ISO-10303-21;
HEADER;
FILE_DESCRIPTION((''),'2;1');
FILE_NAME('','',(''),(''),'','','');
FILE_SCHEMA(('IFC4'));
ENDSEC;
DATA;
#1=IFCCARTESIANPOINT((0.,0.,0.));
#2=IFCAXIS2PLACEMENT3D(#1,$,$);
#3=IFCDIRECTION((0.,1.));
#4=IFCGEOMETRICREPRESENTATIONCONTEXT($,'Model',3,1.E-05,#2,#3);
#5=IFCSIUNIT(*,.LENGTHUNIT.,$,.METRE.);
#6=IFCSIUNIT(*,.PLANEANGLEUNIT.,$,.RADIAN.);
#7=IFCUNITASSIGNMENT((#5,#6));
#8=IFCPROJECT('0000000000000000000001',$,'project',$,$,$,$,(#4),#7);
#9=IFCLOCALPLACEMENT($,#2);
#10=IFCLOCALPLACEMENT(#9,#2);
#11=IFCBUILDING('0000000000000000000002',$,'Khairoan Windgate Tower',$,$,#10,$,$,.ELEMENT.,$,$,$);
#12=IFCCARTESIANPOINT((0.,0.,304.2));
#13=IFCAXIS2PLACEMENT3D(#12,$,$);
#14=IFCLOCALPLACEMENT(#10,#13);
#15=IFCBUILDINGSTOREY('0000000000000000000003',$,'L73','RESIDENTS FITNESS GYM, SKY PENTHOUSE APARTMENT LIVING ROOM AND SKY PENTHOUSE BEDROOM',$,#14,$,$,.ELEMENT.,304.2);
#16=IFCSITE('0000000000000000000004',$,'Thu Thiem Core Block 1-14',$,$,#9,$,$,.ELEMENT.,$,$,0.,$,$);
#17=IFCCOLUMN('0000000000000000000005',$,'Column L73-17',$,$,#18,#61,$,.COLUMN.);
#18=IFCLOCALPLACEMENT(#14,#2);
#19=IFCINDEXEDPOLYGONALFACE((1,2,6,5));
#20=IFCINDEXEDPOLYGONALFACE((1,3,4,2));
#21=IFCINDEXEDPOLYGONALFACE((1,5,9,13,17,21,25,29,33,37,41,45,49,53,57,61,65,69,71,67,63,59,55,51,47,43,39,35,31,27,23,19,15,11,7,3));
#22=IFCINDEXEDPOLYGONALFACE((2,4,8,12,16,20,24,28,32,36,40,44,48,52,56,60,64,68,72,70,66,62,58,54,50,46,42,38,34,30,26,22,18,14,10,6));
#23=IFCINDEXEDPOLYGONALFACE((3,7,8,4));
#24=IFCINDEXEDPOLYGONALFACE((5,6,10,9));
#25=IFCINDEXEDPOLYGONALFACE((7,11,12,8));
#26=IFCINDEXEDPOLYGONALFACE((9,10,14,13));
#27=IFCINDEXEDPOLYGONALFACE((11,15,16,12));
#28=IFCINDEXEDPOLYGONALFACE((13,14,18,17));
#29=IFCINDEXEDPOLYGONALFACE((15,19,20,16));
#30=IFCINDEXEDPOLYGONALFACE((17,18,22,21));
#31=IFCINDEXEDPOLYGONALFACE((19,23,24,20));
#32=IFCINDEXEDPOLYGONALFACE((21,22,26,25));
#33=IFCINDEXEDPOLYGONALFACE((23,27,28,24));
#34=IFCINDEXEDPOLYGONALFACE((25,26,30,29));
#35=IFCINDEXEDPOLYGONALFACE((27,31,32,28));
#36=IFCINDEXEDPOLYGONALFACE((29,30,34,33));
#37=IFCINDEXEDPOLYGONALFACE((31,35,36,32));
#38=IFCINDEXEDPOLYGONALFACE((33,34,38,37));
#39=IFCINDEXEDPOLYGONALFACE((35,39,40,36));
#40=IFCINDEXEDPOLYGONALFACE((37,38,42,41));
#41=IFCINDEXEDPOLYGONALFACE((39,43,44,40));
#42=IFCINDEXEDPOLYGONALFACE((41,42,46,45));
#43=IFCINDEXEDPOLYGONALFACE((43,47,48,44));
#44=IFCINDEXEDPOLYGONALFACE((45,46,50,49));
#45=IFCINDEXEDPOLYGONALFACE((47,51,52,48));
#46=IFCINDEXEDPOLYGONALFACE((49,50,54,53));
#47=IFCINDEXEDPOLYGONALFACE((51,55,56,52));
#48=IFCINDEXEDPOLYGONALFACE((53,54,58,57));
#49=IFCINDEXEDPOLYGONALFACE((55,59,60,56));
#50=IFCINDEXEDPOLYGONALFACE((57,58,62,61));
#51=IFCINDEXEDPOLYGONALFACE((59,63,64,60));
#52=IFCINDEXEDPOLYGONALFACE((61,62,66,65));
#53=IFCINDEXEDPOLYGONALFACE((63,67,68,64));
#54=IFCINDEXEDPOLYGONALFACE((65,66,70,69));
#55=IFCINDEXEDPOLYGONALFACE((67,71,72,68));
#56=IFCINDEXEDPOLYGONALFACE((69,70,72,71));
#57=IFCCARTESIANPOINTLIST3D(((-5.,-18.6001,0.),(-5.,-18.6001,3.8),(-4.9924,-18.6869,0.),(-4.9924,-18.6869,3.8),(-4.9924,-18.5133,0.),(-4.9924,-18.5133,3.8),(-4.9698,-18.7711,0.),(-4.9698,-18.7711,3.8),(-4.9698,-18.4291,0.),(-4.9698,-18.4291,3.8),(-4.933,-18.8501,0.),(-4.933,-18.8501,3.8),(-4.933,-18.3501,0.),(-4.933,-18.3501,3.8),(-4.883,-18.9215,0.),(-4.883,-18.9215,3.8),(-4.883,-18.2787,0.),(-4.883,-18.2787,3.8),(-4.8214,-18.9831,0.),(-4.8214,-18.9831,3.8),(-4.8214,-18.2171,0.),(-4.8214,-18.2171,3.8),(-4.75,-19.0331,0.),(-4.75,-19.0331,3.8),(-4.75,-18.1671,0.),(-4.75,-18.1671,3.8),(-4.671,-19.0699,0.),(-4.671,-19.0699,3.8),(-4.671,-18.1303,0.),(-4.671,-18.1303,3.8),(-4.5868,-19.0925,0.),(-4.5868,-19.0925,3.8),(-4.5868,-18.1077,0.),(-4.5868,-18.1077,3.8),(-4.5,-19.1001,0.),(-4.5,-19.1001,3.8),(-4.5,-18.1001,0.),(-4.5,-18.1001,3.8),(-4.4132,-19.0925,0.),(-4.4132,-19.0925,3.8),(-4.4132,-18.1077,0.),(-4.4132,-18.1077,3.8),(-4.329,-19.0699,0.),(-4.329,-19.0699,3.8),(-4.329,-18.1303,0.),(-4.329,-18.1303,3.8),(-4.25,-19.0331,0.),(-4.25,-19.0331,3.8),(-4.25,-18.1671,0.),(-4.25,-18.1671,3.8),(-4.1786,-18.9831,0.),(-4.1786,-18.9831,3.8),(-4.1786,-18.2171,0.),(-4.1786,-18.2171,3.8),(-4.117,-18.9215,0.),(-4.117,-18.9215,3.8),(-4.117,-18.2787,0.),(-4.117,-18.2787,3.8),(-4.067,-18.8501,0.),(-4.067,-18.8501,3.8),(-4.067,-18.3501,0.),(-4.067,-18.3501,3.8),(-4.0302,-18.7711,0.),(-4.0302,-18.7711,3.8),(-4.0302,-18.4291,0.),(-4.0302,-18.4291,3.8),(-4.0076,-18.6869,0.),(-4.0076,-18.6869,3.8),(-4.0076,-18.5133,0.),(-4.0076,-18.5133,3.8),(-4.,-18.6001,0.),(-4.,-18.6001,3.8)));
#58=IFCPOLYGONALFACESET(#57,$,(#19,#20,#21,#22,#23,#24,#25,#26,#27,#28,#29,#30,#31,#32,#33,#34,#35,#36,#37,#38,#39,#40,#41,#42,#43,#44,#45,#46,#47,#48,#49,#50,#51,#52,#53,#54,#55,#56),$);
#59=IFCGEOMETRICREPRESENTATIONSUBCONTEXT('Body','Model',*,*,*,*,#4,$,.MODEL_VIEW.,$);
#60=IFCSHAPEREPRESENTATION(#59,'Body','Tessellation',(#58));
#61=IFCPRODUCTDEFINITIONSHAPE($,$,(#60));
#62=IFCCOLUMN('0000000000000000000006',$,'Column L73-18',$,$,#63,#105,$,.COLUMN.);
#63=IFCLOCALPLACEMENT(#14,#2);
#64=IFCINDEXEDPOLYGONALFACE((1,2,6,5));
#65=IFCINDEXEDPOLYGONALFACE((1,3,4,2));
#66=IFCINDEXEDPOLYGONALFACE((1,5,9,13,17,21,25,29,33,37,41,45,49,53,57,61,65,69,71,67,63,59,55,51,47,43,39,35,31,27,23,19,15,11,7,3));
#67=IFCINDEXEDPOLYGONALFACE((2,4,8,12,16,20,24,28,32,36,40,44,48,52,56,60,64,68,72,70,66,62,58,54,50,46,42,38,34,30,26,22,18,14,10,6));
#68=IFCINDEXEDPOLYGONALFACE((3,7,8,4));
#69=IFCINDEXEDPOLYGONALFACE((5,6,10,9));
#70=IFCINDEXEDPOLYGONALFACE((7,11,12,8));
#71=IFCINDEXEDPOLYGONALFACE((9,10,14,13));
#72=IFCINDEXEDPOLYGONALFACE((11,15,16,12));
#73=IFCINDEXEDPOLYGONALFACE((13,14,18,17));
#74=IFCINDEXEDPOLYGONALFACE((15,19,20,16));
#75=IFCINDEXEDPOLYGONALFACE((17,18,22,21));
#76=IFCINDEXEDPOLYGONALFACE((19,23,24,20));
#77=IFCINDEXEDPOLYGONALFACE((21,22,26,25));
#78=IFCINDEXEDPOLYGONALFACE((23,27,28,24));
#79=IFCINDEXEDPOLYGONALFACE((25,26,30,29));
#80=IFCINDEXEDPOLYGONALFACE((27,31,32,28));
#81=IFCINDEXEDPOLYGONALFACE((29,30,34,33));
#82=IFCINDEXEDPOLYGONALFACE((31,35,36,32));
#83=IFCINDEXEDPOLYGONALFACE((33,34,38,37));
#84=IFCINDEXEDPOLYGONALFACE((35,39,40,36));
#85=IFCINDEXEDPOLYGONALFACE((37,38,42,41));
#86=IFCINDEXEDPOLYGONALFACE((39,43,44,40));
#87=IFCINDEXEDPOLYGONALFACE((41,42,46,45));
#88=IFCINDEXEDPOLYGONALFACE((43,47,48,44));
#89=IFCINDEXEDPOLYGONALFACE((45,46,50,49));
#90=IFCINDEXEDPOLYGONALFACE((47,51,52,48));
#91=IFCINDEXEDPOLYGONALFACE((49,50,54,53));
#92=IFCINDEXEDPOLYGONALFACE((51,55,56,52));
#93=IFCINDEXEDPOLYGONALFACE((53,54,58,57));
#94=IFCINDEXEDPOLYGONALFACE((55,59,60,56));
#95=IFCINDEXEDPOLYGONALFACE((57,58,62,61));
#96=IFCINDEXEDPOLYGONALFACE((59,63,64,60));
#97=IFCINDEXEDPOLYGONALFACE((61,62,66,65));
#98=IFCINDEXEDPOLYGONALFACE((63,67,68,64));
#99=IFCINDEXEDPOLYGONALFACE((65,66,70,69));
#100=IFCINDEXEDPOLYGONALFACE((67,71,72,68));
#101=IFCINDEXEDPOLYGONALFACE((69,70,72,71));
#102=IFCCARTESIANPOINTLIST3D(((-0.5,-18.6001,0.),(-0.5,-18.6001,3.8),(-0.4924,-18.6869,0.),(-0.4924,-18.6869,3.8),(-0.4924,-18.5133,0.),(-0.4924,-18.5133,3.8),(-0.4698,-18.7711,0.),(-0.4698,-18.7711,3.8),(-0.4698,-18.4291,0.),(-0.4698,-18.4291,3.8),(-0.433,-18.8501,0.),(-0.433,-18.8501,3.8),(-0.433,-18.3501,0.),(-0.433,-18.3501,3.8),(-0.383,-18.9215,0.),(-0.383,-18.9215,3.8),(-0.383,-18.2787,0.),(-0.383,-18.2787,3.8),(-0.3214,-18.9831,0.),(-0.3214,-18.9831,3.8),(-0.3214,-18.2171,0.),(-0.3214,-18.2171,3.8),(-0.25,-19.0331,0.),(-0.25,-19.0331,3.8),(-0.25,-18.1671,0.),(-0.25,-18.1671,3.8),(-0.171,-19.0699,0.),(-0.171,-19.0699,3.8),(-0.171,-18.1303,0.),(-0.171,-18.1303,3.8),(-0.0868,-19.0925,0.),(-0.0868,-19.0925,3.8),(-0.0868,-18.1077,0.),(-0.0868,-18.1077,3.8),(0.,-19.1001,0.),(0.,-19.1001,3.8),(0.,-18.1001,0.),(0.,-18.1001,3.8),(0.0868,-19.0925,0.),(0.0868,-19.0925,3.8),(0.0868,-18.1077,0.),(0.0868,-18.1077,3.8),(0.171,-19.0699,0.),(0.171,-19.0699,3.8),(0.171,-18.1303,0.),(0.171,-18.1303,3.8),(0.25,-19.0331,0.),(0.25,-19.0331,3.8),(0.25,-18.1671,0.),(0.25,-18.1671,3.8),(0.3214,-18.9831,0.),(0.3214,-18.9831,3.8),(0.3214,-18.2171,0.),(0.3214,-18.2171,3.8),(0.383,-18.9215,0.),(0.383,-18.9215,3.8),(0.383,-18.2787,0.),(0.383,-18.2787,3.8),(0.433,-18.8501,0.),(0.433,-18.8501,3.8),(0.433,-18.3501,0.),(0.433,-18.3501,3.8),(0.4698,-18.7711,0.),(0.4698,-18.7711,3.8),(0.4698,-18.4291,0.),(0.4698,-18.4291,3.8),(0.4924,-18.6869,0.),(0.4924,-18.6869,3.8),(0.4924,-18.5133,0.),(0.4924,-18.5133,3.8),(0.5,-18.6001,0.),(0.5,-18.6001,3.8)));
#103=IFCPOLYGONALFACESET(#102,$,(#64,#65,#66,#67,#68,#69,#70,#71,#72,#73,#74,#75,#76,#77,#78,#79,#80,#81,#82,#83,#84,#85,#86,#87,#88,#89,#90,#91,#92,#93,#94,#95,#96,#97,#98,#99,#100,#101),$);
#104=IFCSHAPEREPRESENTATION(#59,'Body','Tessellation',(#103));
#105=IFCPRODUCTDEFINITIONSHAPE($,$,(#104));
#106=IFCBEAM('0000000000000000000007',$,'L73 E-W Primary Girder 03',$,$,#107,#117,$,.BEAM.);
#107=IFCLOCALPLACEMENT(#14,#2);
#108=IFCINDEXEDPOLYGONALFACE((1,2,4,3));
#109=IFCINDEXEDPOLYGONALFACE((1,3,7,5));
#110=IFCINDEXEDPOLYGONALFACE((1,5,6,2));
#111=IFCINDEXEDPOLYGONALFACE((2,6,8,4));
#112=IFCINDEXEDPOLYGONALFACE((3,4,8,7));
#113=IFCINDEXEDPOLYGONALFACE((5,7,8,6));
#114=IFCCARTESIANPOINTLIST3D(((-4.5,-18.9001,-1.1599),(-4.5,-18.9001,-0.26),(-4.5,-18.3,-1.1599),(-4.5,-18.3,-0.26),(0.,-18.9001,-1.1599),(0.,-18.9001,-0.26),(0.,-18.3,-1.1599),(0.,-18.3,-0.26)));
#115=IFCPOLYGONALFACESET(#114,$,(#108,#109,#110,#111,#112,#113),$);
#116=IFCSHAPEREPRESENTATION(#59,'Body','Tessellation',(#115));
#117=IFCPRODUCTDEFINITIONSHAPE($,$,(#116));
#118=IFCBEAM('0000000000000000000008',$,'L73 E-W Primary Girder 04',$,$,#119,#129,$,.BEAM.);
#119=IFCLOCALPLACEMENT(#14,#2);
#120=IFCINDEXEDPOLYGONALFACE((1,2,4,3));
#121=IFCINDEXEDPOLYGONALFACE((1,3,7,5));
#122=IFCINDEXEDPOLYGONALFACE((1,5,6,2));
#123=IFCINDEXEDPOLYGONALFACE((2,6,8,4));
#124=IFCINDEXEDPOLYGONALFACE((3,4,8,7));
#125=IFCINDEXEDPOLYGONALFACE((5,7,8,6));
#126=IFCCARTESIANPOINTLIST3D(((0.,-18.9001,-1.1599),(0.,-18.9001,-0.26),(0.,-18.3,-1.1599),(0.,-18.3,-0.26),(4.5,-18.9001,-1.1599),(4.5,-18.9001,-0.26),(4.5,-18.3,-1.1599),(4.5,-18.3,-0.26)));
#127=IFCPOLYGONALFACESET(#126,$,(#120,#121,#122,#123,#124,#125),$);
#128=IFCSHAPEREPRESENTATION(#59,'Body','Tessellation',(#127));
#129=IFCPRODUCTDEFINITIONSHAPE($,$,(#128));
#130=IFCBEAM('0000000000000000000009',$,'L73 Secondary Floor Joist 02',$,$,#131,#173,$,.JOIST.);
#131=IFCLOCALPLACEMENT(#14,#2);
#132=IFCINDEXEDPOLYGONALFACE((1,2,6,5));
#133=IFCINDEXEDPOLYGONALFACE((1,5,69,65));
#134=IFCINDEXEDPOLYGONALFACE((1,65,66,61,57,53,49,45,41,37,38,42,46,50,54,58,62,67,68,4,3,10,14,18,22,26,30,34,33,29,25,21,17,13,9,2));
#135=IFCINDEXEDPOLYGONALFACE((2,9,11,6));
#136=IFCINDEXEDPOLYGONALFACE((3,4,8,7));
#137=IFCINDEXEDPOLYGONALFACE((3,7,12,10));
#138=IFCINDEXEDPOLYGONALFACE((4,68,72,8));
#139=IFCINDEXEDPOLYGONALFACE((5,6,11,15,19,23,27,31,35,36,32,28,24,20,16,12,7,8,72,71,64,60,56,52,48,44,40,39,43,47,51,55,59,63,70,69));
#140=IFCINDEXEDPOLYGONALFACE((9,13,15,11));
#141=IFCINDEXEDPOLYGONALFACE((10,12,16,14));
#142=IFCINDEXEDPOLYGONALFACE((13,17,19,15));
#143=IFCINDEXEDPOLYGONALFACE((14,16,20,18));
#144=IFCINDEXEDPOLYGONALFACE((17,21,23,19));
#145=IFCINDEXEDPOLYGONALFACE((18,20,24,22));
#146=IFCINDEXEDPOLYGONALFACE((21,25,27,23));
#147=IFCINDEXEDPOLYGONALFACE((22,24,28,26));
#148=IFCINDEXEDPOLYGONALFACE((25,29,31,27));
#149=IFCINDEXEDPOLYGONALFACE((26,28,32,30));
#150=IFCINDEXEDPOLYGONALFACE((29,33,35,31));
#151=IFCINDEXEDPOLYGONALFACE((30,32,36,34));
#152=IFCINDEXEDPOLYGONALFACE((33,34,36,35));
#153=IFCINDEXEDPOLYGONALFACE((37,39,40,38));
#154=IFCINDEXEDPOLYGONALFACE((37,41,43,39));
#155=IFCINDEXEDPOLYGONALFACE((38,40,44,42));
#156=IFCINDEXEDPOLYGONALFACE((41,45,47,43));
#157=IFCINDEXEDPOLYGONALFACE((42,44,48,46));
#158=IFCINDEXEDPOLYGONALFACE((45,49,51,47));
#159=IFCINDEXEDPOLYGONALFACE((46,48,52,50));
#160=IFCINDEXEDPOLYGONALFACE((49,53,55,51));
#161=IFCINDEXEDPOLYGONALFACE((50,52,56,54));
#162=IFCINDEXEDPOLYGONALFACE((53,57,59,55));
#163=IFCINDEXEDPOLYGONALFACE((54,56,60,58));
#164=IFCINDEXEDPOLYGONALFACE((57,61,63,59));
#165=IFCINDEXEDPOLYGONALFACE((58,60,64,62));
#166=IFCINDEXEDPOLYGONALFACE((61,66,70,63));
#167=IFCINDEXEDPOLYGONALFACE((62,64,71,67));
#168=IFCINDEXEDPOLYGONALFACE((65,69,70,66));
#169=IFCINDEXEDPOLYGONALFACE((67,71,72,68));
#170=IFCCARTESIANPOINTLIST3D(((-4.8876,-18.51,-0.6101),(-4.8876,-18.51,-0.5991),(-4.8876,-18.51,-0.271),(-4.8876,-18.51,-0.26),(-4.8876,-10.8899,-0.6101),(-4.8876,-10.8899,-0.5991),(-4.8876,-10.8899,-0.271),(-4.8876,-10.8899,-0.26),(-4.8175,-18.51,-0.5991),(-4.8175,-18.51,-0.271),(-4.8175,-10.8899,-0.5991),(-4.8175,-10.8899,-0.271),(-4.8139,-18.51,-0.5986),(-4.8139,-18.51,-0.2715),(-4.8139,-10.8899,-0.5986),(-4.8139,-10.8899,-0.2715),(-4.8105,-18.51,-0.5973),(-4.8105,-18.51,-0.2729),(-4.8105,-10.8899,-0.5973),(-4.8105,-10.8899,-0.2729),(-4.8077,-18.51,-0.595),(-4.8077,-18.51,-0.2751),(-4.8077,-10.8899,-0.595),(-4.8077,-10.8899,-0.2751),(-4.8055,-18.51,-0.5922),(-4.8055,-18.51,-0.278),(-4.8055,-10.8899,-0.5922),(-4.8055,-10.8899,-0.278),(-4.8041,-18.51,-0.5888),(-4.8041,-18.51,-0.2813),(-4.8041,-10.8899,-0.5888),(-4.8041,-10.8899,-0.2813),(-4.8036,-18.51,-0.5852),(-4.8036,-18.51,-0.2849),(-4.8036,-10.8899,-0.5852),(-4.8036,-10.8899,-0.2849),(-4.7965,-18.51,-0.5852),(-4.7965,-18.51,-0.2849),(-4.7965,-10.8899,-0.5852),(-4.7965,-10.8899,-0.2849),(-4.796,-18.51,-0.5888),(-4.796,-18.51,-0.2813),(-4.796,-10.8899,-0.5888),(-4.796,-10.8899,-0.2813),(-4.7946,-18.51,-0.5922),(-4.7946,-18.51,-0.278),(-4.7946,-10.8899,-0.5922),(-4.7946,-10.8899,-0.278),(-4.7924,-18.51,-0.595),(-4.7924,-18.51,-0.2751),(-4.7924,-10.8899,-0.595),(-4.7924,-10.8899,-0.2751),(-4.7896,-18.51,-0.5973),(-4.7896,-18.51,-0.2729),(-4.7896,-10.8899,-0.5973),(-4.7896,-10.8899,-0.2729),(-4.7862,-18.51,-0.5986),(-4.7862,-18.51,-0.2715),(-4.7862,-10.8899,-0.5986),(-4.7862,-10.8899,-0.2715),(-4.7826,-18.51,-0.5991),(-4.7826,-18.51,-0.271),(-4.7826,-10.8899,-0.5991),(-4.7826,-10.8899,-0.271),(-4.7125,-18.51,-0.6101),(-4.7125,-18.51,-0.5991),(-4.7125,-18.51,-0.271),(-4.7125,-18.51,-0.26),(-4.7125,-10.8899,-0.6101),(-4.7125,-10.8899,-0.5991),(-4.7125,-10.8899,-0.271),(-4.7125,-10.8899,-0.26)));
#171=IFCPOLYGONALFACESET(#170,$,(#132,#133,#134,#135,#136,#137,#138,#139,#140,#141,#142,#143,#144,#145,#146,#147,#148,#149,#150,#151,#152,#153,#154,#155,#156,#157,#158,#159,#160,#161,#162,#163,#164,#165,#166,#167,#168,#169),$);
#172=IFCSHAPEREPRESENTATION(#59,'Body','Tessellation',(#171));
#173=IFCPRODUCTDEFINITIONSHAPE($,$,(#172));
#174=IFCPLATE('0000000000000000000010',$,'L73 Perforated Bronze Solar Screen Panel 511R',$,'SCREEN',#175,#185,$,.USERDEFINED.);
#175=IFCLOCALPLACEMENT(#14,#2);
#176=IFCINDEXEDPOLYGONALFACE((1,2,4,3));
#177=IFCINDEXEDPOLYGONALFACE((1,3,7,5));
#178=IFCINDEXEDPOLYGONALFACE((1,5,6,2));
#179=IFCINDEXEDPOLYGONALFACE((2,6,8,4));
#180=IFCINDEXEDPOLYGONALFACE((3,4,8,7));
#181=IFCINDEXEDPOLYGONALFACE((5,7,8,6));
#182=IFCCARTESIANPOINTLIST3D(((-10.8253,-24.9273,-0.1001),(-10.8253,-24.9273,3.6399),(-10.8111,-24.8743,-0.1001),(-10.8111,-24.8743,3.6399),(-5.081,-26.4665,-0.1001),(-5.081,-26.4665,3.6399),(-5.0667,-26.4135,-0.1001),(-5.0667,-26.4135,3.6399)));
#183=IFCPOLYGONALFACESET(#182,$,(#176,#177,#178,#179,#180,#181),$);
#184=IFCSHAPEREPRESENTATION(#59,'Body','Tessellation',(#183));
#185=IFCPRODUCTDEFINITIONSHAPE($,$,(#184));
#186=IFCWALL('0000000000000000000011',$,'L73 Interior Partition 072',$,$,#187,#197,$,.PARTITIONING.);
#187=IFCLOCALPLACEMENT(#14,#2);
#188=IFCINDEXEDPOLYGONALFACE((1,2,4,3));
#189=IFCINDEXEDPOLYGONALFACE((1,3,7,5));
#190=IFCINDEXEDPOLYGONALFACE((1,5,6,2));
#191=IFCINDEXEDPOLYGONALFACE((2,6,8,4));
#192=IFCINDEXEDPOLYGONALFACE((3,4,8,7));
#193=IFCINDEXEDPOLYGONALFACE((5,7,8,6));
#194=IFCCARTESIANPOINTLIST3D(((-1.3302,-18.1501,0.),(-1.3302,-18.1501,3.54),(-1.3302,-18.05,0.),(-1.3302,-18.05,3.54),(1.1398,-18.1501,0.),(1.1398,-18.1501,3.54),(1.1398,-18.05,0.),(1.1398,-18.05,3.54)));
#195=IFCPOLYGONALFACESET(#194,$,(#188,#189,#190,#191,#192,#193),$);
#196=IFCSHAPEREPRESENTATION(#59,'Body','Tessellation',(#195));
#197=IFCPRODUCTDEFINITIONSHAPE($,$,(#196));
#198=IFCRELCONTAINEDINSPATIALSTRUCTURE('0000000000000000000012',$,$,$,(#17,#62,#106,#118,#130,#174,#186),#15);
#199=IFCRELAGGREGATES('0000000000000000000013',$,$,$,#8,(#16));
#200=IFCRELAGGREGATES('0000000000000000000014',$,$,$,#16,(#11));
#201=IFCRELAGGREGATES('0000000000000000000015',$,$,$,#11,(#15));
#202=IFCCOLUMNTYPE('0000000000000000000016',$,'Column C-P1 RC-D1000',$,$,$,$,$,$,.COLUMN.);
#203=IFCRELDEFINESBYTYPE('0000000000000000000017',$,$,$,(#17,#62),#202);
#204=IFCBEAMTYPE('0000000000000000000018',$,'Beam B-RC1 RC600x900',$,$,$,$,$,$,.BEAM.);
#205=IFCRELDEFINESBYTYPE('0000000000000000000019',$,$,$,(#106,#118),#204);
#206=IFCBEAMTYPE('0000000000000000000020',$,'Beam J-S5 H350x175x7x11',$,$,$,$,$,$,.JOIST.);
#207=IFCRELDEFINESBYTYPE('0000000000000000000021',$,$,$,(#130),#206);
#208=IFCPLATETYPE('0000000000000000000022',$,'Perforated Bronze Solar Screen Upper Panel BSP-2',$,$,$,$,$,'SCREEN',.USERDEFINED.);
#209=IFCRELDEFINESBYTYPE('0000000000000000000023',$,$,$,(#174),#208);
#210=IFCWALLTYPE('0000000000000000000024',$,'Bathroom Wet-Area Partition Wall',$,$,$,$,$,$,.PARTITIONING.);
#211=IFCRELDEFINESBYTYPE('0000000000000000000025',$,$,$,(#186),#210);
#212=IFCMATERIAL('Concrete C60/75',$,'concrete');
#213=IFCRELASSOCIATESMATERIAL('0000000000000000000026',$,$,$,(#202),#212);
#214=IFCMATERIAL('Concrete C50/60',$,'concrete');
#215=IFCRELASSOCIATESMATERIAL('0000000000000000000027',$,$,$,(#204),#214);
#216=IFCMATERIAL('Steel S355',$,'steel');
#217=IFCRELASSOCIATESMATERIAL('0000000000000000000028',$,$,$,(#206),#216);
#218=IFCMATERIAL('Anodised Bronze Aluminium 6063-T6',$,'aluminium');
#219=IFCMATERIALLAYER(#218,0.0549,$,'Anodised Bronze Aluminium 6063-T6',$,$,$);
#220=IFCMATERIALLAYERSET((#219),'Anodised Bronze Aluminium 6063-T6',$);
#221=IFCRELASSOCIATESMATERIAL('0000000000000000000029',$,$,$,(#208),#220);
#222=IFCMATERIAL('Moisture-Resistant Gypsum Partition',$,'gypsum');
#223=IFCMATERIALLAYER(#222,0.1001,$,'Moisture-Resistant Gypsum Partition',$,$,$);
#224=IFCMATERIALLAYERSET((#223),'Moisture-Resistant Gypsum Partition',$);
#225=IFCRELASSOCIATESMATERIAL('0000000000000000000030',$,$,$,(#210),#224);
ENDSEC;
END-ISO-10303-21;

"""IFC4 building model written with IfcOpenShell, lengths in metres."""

from ifc_helpers import new_model, si_unit, direction, frame, frame_2d, origin, origin_2d, place, context, subcontext, project, spatial, rectangle, circle, i_section, extrude, material, layer, layer_set, material_profile, profile_set, type_object, element, save


model = new_model("IFC4")

# Units and contexts
model_context = context("Model", 3, precision=1e-05, world=origin(), true_north=direction((0.0, 1.0)))
body_context = subcontext(model_context, "Body", "Model", "MODEL_VIEW")
ifc_project = project(units=[si_unit("LENGTHUNIT", "METRE"), si_unit("PLANEANGLEUNIT", "RADIAN")], contexts=[model_context])

# Site, building, storey
site_placement = place(None, origin())
site = spatial("IfcSite", under=ifc_project, at=site_placement, Name="Thu Thiem Core Block 1-14", CompositionType="ELEMENT", RefElevation=0.0)
building_placement = place(site_placement, origin())
building = spatial("IfcBuilding", under=site, at=building_placement, Name="Khairoan Windgate Tower", CompositionType="ELEMENT")
storey_placement = place(building_placement, frame((0.0, 0.0, 304.2)))
storey = spatial("IfcBuildingStorey", under=building, at=storey_placement, Name="L73", Description="RESIDENTS FITNESS GYM, SKY PENTHOUSE APARTMENT LIVING ROOM AND SKY PENTHOUSE BEDROOM", CompositionType="ELEMENT", Elevation=304.2)

# Columns
ifc_material_1 = material(Name="Concrete C60/75", Category="concrete")
ifc_material_profile_1 = material_profile(ifc_material_1, circle(Radius=0.5, at=origin_2d()))
ifc_profile_set_1 = profile_set([ifc_material_profile_1], Name="Concrete C60/75")
column_type = type_object("IfcColumnType", Name="Column C-P1 RC-D1000", PredefinedType="COLUMN", material=ifc_profile_set_1)
for number, where, z_axis, x_axis, name in (
    (1, (-4.5, -18.6001, 0.0), (0.0, 0.0, 1.0), (1.0, 0.0, 0.0), "Column L73-17"),
    (2, (0.0, -18.6001, 0.0), (0.0, 0.0, 1.0), (1.0, 0.0, 0.0), "Column L73-18"),
):
    element("IfcColumn", number, at=place(storey_placement, frame(where, z_axis=z_axis, x_axis=x_axis)), inside=storey, type_object=column_type, Name=name, PredefinedType="COLUMN", context=body_context, shape_type="SweptSolid", body=[
        extrude(circle(Radius=0.5, at=origin_2d()), origin(), (0.0, 0.0, 1.0), 3.8),
    ])

# Beams
ifc_material_2 = material(Name="Concrete C50/60", Category="concrete")
ifc_material_profile_2 = material_profile(ifc_material_2, rectangle(XDim=0.6001, YDim=0.8999, at=origin_2d()))
ifc_profile_set_2 = profile_set([ifc_material_profile_2], Name="Concrete C50/60")
beam_type_1 = type_object("IfcBeamType", Name="Beam B-RC1 RC600x900", PredefinedType="BEAM", material=ifc_profile_set_2)
for number, where, z_axis, x_axis, name in (
    (3, (-4.5, -18.6001, -0.71), (1.0, 0.0, 0.0), (0.0, 1.0, 0.0), "L73 E-W Primary Girder 03"),
    (4, (0.0, -18.6001, -0.71), (1.0, 0.0, 0.0), (0.0, 1.0, 0.0), "L73 E-W Primary Girder 04"),
):
    element("IfcBeam", number, at=place(storey_placement, frame(where, z_axis=z_axis, x_axis=x_axis)), inside=storey, type_object=beam_type_1, Name=name, PredefinedType="BEAM", context=body_context, shape_type="SweptSolid", body=[
        extrude(rectangle(XDim=0.6001, YDim=0.8999, at=origin_2d()), origin(), (0.0, 0.0, 1.0), 4.5),
    ])
ifc_material_3 = material(Name="Steel S355", Category="steel")
ifc_material_profile_3 = material_profile(ifc_material_3, i_section(OverallWidth=0.175, OverallDepth=0.3501, WebThickness=0.0071, FlangeThickness=0.011, FilletRadius=0.0139, at=origin_2d()))
ifc_profile_set_3 = profile_set([ifc_material_profile_3], Name="Steel S355")
beam_type_2 = type_object("IfcBeamType", Name="Beam J-S5 H350x175x7x11", PredefinedType="JOIST", material=ifc_profile_set_3)
beam_placement = place(storey_placement, frame((-4.8, -18.51, -0.4351), z_axis=(0.0, 1.0, 0.0), x_axis=(-1.0, 0.0, 0.0)))
element("IfcBeam", 5, at=beam_placement, inside=storey, type_object=beam_type_2, Name="L73 Secondary Floor Joist 02", PredefinedType="JOIST", context=body_context, shape_type="SweptSolid", body=[
    extrude(i_section(OverallWidth=0.175, OverallDepth=0.3501, WebThickness=0.0071, FlangeThickness=0.011, FilletRadius=0.0139, at=origin_2d()), origin(), (0.0, 0.0, 1.0), 7.6201),
])

# Plate
ifc_material_4 = material(Name="Anodised Bronze Aluminium 6063-T6", Category="aluminium")
ifc_layer_1 = layer(ifc_material_4, 0.0549, Name="Anodised Bronze Aluminium 6063-T6")
ifc_layer_set_1 = layer_set([ifc_layer_1], Name="Anodised Bronze Aluminium 6063-T6")
plate_type = type_object("IfcPlateType", Name="Perforated Bronze Solar Screen Upper Panel BSP-2", ElementType="SCREEN", PredefinedType="USERDEFINED", material=ifc_layer_set_1)
plate_placement = place(storey_placement, frame((-7.946, -25.6704, -0.1001), z_axis=(0.0, 0.0, 1.0), x_axis=(-0.965926, 0.258819, 0.0)))
element("IfcPlate", 6, at=plate_placement, inside=storey, type_object=plate_type, Name="L73 Perforated Bronze Solar Screen Panel 511R", ObjectType="SCREEN", PredefinedType="USERDEFINED", context=body_context, shape_type="SweptSolid", body=[
    extrude(rectangle(XDim=5.947, YDim=0.0549, at=origin_2d()), origin(), (0.0, 0.0, 1.0), 3.74),
])

# Wall
ifc_material_5 = material(Name="Moisture-Resistant Gypsum Partition", Category="gypsum")
ifc_layer_2 = layer(ifc_material_5, 0.1001, Name="Moisture-Resistant Gypsum Partition")
ifc_layer_set_2 = layer_set([ifc_layer_2], Name="Moisture-Resistant Gypsum Partition")
wall_type_1 = type_object("IfcWallType", Name="Bathroom Wet-Area Partition Wall", PredefinedType="PARTITIONING", material=ifc_layer_set_2)
wall_1_placement = place(storey_placement, frame((-1.3301, -18.1001, 0.0), z_axis=(0.0, 0.0, 1.0), x_axis=(1.0, 0.0, 0.0)))
element("IfcWall", 7, at=wall_1_placement, inside=storey, type_object=wall_type_1, Name="L73 Interior Partition 072", PredefinedType="PARTITIONING", context=body_context, shape_type="SweptSolid", body=[
    extrude(rectangle(XDim=2.47, YDim=0.1001, at=frame_2d((1.2349, 0.0))), origin(), (0.0, 0.0, 1.0), 3.54),
])

save(model, "model.ifc")
